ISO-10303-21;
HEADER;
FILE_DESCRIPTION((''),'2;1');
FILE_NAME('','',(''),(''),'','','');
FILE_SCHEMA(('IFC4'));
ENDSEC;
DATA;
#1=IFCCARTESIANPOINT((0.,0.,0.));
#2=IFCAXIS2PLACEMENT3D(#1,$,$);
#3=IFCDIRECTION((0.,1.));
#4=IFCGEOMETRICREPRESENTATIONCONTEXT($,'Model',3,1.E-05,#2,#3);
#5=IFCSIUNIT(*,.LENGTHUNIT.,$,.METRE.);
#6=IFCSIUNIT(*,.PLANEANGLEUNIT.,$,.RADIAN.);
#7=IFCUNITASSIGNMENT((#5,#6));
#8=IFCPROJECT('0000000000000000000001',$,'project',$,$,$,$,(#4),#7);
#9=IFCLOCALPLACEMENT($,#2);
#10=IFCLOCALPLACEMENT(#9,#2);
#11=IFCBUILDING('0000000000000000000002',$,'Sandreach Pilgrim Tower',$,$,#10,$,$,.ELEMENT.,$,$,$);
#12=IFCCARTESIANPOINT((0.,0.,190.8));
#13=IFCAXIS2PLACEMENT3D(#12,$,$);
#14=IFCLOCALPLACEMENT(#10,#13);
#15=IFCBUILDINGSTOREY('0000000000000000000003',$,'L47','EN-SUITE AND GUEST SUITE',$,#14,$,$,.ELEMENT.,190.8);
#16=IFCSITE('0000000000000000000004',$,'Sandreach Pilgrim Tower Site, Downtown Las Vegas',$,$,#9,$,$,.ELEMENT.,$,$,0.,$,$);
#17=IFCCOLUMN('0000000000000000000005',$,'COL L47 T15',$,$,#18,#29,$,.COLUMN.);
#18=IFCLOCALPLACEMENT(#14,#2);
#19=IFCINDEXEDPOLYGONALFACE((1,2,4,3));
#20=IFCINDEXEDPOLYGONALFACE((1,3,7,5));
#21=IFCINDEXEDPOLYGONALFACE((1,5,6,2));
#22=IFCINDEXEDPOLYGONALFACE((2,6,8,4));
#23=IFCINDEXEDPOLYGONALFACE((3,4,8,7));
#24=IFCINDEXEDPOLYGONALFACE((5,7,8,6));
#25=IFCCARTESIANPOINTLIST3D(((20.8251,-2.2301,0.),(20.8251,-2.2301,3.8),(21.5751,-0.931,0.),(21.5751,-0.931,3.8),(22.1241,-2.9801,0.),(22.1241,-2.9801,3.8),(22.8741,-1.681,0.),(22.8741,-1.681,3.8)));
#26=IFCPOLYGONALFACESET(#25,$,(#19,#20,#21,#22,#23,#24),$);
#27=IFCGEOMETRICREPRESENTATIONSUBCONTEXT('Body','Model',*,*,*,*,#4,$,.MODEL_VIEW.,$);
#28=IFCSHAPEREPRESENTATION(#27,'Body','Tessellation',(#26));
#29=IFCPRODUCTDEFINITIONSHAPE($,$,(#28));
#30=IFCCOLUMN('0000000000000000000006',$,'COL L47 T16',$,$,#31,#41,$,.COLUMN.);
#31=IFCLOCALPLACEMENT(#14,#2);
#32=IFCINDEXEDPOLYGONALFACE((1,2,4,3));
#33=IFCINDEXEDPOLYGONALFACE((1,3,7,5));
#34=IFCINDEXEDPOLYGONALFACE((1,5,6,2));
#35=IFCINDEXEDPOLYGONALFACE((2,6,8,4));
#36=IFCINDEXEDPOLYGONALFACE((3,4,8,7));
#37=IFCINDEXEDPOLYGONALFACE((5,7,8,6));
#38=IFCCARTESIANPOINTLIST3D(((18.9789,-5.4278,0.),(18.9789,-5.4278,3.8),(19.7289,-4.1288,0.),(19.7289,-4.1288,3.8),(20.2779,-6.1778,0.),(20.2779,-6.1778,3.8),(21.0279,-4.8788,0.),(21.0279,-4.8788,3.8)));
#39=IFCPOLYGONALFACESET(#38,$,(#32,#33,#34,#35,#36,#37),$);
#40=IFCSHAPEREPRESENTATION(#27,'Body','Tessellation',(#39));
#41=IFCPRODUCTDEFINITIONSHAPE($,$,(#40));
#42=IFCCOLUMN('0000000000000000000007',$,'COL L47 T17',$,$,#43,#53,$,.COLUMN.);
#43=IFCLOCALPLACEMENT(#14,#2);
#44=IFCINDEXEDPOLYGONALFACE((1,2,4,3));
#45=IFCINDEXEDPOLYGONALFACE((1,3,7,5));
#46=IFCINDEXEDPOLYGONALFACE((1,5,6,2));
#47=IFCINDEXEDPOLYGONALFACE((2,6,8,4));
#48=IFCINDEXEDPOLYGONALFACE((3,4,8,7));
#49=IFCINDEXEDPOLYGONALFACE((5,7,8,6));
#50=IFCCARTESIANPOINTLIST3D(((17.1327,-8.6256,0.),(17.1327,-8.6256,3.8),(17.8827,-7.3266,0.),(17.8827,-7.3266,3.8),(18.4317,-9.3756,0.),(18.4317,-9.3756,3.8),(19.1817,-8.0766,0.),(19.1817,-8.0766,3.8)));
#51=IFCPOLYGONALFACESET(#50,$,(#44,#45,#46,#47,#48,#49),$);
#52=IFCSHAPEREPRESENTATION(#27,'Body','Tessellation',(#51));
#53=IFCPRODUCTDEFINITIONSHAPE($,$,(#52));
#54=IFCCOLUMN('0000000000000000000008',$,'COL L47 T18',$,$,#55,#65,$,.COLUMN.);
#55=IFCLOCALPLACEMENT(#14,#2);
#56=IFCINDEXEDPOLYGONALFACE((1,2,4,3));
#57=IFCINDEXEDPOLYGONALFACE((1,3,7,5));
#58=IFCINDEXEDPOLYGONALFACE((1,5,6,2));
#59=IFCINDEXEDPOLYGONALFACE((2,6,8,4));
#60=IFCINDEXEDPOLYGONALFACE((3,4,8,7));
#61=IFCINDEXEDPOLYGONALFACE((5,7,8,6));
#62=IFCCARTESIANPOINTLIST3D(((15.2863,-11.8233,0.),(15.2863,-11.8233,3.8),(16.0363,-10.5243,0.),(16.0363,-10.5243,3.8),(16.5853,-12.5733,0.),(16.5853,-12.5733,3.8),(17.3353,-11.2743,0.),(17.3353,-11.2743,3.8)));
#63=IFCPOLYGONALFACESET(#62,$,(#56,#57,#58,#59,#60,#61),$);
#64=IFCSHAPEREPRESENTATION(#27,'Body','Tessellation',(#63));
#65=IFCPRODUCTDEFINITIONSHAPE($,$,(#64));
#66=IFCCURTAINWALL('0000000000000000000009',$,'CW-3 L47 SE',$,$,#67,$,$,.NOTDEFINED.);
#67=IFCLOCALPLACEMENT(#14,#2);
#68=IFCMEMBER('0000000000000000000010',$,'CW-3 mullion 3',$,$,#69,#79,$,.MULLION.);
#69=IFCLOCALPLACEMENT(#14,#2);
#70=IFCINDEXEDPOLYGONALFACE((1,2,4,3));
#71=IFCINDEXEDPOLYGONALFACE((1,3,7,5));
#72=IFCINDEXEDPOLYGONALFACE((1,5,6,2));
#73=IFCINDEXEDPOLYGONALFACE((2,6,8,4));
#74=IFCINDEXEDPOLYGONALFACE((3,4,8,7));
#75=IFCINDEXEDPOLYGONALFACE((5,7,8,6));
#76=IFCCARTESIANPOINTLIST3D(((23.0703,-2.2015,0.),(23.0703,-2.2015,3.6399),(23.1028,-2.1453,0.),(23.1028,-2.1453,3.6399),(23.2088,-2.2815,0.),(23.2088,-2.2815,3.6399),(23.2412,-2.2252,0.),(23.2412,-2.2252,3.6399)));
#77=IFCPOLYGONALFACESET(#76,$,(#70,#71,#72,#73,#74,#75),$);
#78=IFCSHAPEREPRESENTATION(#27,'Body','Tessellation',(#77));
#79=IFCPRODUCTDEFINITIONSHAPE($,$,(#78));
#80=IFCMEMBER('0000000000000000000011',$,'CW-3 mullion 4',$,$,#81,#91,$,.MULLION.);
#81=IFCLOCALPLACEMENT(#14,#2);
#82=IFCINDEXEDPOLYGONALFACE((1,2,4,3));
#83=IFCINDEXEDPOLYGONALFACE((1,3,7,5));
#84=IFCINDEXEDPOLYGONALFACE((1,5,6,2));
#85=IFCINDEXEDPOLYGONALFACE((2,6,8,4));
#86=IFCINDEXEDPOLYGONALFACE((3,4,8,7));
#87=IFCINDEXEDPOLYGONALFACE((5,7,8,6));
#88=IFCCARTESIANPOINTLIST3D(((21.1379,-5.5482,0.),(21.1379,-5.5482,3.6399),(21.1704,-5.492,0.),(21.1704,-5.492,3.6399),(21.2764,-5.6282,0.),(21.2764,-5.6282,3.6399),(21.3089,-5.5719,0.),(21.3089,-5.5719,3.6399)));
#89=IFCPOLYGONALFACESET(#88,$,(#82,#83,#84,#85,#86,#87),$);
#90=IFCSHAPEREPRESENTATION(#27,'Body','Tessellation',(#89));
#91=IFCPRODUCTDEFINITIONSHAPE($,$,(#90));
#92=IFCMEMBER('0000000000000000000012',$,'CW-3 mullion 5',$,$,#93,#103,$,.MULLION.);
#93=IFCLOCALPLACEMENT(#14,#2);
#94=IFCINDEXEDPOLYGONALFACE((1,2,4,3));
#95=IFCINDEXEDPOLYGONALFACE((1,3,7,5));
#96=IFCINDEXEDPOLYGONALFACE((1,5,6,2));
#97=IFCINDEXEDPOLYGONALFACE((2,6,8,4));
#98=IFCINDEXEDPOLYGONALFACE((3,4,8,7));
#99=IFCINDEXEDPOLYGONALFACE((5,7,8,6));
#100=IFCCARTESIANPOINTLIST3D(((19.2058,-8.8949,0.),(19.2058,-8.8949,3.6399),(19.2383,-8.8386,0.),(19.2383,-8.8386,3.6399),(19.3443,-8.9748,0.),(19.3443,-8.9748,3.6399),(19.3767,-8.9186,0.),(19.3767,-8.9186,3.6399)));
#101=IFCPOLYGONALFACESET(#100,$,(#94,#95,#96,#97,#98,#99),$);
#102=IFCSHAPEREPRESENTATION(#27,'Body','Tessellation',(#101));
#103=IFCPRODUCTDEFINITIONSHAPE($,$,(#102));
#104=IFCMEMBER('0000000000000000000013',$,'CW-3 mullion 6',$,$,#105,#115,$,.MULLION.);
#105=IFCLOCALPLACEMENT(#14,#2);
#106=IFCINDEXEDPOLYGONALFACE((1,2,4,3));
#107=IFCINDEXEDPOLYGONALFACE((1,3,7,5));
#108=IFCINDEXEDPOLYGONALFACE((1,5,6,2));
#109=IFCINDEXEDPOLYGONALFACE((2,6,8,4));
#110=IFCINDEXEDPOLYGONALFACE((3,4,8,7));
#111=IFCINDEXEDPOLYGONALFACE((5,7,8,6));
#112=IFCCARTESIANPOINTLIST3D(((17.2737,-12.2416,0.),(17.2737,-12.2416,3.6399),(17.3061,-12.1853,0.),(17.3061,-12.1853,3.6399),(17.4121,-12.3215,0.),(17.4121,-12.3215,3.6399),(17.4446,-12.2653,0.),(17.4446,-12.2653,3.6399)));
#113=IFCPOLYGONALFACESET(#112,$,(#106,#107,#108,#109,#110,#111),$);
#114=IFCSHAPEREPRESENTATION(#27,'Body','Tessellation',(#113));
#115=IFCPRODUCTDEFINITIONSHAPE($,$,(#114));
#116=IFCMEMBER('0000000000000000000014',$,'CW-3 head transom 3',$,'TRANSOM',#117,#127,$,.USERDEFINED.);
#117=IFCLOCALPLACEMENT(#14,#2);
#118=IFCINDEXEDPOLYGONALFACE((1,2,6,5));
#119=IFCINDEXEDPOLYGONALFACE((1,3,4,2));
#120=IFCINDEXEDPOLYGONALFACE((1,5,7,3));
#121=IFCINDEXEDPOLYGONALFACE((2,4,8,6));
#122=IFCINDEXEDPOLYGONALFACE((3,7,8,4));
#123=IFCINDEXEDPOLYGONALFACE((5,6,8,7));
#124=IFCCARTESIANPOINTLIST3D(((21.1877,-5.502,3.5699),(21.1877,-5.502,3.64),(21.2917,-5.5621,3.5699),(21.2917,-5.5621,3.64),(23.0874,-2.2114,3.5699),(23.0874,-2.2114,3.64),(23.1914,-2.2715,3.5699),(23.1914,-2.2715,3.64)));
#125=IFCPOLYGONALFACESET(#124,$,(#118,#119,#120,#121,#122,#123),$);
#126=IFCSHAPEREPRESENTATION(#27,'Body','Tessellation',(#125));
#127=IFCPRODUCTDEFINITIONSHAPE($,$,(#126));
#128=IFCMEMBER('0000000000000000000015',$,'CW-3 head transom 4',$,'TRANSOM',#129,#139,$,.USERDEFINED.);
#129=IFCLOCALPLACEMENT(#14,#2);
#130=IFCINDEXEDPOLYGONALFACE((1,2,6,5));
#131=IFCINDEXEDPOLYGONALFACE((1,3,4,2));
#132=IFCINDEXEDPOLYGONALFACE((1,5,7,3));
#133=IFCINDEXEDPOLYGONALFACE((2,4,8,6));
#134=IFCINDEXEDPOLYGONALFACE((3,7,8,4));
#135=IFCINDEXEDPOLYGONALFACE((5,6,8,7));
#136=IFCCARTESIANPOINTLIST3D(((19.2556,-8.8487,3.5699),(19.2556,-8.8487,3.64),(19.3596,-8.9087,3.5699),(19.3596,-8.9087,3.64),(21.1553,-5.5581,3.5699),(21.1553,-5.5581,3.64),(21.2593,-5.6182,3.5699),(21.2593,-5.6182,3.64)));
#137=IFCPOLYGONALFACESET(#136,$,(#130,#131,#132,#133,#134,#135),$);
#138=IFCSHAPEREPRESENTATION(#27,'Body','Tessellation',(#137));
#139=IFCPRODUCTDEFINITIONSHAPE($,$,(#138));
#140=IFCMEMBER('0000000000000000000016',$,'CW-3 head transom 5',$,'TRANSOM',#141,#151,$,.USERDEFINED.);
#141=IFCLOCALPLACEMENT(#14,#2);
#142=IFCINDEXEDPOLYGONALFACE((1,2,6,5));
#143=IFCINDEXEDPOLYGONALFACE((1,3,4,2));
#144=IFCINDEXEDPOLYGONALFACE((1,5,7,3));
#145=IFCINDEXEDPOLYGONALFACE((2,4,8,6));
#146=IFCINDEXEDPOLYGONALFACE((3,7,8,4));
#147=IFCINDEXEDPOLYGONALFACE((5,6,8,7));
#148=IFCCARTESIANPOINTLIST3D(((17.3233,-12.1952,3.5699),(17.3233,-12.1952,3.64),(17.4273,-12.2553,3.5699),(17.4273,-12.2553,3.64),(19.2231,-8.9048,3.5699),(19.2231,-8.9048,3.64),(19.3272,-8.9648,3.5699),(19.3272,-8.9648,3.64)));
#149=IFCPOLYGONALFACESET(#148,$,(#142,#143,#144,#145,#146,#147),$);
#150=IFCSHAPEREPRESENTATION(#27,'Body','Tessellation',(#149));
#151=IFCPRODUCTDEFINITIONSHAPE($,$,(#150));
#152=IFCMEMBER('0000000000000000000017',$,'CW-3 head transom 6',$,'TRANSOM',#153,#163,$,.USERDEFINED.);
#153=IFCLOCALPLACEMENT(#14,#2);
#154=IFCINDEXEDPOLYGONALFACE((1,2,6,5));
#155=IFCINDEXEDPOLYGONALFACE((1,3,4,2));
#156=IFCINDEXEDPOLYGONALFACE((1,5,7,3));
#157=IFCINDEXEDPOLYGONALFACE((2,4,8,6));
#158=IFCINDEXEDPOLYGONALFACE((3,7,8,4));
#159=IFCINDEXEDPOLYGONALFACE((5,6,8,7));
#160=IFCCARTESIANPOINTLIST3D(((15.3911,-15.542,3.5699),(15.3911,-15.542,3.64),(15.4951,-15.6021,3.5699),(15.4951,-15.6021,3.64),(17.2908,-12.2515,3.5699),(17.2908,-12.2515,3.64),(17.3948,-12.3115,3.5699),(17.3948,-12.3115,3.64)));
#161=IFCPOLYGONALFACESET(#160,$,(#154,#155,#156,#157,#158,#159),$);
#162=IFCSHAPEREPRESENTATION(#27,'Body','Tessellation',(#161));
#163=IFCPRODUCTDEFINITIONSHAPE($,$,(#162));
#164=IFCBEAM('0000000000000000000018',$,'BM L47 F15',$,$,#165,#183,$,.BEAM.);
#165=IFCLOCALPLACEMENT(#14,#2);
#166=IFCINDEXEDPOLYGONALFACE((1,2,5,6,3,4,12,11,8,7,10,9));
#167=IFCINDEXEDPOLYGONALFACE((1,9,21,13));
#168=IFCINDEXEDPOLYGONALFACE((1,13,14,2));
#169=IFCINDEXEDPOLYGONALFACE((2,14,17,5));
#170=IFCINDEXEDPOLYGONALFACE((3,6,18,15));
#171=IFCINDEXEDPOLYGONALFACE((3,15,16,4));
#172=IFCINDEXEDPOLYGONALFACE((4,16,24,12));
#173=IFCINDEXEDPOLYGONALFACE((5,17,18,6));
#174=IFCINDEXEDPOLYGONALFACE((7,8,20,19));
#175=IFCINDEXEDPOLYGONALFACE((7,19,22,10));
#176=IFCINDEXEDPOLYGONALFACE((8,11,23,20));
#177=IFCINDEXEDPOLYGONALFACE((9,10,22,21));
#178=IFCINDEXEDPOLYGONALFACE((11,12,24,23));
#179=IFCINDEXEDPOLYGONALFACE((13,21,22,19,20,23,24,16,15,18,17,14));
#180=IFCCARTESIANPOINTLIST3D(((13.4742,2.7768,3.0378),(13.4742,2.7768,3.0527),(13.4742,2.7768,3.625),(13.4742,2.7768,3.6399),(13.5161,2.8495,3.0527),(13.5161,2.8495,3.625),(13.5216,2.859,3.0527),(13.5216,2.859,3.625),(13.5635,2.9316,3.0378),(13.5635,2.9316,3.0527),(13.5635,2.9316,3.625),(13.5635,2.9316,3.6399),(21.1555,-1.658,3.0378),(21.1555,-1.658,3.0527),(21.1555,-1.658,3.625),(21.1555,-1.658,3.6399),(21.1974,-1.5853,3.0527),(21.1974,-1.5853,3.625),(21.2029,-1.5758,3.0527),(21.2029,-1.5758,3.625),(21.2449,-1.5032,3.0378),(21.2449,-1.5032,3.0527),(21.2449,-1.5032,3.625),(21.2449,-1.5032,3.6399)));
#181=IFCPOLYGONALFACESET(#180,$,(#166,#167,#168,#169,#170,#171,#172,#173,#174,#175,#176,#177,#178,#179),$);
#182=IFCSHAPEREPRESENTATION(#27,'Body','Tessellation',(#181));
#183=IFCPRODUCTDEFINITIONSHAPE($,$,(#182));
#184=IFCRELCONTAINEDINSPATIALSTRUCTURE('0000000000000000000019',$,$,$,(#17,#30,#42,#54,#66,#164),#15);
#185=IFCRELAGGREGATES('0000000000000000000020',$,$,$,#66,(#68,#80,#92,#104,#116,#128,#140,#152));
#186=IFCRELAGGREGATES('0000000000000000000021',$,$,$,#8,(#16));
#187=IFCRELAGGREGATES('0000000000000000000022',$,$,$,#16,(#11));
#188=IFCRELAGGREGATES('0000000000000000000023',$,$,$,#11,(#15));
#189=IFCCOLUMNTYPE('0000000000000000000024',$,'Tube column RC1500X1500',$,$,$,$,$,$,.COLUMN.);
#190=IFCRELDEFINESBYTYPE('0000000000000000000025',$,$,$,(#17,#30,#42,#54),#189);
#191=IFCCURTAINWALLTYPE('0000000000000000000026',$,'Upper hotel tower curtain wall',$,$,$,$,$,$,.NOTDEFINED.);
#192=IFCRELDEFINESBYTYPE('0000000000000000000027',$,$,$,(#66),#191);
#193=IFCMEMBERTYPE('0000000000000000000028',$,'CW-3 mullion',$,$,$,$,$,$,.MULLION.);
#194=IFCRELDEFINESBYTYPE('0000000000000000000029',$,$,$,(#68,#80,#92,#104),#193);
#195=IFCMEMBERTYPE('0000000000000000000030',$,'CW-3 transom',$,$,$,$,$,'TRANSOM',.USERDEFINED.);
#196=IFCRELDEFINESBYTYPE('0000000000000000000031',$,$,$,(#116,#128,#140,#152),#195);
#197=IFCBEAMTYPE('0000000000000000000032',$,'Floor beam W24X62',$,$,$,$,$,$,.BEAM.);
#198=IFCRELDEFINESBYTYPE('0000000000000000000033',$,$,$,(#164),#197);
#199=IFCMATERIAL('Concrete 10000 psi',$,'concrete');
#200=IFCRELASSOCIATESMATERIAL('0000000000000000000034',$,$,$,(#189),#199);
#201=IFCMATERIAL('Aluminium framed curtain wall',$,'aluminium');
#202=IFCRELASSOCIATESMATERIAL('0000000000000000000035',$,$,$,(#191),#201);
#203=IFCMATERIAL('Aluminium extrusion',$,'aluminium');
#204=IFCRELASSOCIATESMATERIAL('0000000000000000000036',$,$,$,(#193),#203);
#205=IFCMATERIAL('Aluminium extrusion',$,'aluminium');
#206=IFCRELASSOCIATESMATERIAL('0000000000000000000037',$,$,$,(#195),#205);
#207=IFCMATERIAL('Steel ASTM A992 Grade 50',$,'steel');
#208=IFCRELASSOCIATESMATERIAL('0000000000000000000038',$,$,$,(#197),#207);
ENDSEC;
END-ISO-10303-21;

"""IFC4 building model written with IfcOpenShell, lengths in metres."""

from ifc_helpers import new_model, si_unit, direction, frame, origin, origin_2d, place, context, subcontext, project, spatial, rectangle, i_section, extrude, material, material_profile, profile_set, type_object, element, aggregate, save


model = new_model("IFC4")

# Units and contexts
model_context = context("Model", 3, precision=1e-05, world=origin(), true_north=direction((0.0, 1.0)))
body_context = subcontext(model_context, "Body", "Model", "MODEL_VIEW")
ifc_project = project(units=[si_unit("LENGTHUNIT", "METRE"), si_unit("PLANEANGLEUNIT", "RADIAN")], contexts=[model_context])

# Site, building, storey
site_placement = place(None, origin())
site = spatial("IfcSite", under=ifc_project, at=site_placement, Name="Sandreach Pilgrim Tower Site, Downtown Las Vegas", CompositionType="ELEMENT", RefElevation=0.0)
building_placement = place(site_placement, origin())
building = spatial("IfcBuilding", under=site, at=building_placement, Name="Sandreach Pilgrim Tower", CompositionType="ELEMENT")
storey_placement = place(building_placement, frame((0.0, 0.0, 190.8)))
storey = spatial("IfcBuildingStorey", under=building, at=storey_placement, Name="L47", Description="EN-SUITE AND GUEST SUITE", CompositionType="ELEMENT", Elevation=190.8)

# Columns
ifc_material_1 = material(Name="Concrete 10000 psi", Category="concrete")
ifc_material_profile_1 = material_profile(ifc_material_1, rectangle(XDim=1.5, YDim=1.5, at=origin_2d()), Name="RC1500X1500")
ifc_profile_set_1 = profile_set([ifc_material_profile_1], Name="Concrete 10000 psi")
column_type = type_object("IfcColumnType", Name="Tube column RC1500X1500", PredefinedType="COLUMN", material=ifc_profile_set_1)
for number, where, z_axis, x_axis, name in (
    (1, (21.8496, -1.9556, 0.0), (0.0, 0.0, 1.0), (0.866025, -0.5, 0.0), "COL L47 T15"),
    (2, (20.0034, -5.1533, 0.0), (0.0, 0.0, 1.0), (0.866025, -0.5, 0.0), "COL L47 T16"),
    (3, (18.1572, -8.3511, 0.0), (0.0, 0.0, 1.0), (0.866025, -0.5, 0.0), "COL L47 T17"),
    (4, (16.3108, -11.5488, 0.0), (0.0, 0.0, 1.0), (0.866025, -0.5, 0.0), "COL L47 T18"),
):
    element("IfcColumn", number, at=place(storey_placement, frame(where, z_axis=z_axis, x_axis=x_axis)), inside=storey, type_object=column_type, Name=name, PredefinedType="COLUMN", context=body_context, shape_type="SweptSolid", body=[
        extrude(rectangle(XDim=1.5, YDim=1.5, at=origin_2d()), origin(), (0.0, 0.0, 1.0), 3.8),
    ])

# Curtain wall, members
ifc_material_2 = material(Name="Aluminium framed curtain wall", Category="aluminium")
curtain_wall_type = type_object("IfcCurtainWallType", Name="Upper hotel tower curtain wall", PredefinedType="NOTDEFINED", material=ifc_material_2)
curtain_wall_placement = place(storey_placement, origin())
curtain_wall = element("IfcCurtainWall", 5, at=curtain_wall_placement, inside=storey, type_object=curtain_wall_type, Name="CW-3 L47 SE", PredefinedType="NOTDEFINED")
ifc_material_3 = material(Name="Aluminium extrusion", Category="aluminium")
ifc_material_profile_2 = material_profile(ifc_material_3, rectangle(XDim=0.0649, YDim=0.1599, at=origin_2d()), Name="CW-3M 65X160")
ifc_profile_set_2 = profile_set([ifc_material_profile_2], Name="Aluminium extrusion")
member_type_1 = type_object("IfcMemberType", Name="CW-3 mullion", PredefinedType="MULLION", material=ifc_profile_set_2)
member_1_placement = place(storey_placement, frame((23.1558, -2.2134, 0.0), z_axis=(0.0, 0.0, 1.0), x_axis=(-0.5, -0.866025, 0.0)))
member_1 = element("IfcMember", 6, at=member_1_placement, type_object=member_type_1, Name="CW-3 mullion 3", PredefinedType="MULLION", context=body_context, shape_type="SweptSolid", body=[
    extrude(rectangle(XDim=0.0649, YDim=0.1599, at=origin_2d()), origin(), (0.0, 0.0, 1.0), 3.6399),
])
member_2_placement = place(storey_placement, frame((21.2234, -5.5601, 0.0), z_axis=(0.0, 0.0, 1.0), x_axis=(-0.5, -0.866025, 0.0)))
member_2 = element("IfcMember", 7, at=member_2_placement, type_object=member_type_1, Name="CW-3 mullion 4", PredefinedType="MULLION", context=body_context, shape_type="SweptSolid", body=[
    extrude(rectangle(XDim=0.0649, YDim=0.1599, at=origin_2d()), origin(), (0.0, 0.0, 1.0), 3.6399),
])
member_3_placement = place(storey_placement, frame((19.2913, -8.9067, 0.0), z_axis=(0.0, 0.0, 1.0), x_axis=(-0.5, -0.866025, 0.0)))
member_3 = element("IfcMember", 8, at=member_3_placement, type_object=member_type_1, Name="CW-3 mullion 5", PredefinedType="MULLION", context=body_context, shape_type="SweptSolid", body=[
    extrude(rectangle(XDim=0.0649, YDim=0.1599, at=origin_2d()), origin(), (0.0, 0.0, 1.0), 3.6399),
])
member_4_placement = place(storey_placement, frame((17.3591, -12.2534, 0.0), z_axis=(0.0, 0.0, 1.0), x_axis=(-0.5, -0.866025, 0.0)))
member_4 = element("IfcMember", 9, at=member_4_placement, type_object=member_type_1, Name="CW-3 mullion 6", PredefinedType="MULLION", context=body_context, shape_type="SweptSolid", body=[
    extrude(rectangle(XDim=0.0649, YDim=0.1599, at=origin_2d()), origin(), (0.0, 0.0, 1.0), 3.6399),
])
ifc_material_4 = material(Name="Aluminium extrusion", Category="aluminium")
ifc_material_profile_3 = material_profile(ifc_material_4, rectangle(XDim=0.1201, YDim=0.0701, at=origin_2d()), Name="CW-3T 120X70")
ifc_profile_set_3 = profile_set([ifc_material_profile_3], Name="Aluminium extrusion")
member_type_2 = type_object("IfcMemberType", Name="CW-3 transom", ElementType="TRANSOM", PredefinedType="USERDEFINED", material=ifc_profile_set_3)
member_5_placement = place(storey_placement, frame((23.1394, -2.2415, 3.605), z_axis=(-0.499975, -0.86604, 0.0), x_axis=(0.86604, -0.499975, 0.0)))
member_5 = element("IfcMember", 10, at=member_5_placement, type_object=member_type_2, Name="CW-3 head transom 3", ObjectType="TRANSOM", PredefinedType="USERDEFINED", context=body_context, shape_type="SweptSolid", body=[
    extrude(rectangle(XDim=0.1201, YDim=0.0701, at=origin_2d()), origin(), (0.0, 0.0, 1.0), 3.7996),
])
member_6_placement = place(storey_placement, frame((21.2073, -5.5881, 3.605), z_axis=(-0.499975, -0.86604, 0.0), x_axis=(0.86604, -0.499975, 0.0)))
member_6 = element("IfcMember", 11, at=member_6_placement, type_object=member_type_2, Name="CW-3 head transom 4", ObjectType="TRANSOM", PredefinedType="USERDEFINED", context=body_context, shape_type="SweptSolid", body=[
    extrude(rectangle(XDim=0.1201, YDim=0.0701, at=origin_2d()), origin(), (0.0, 0.0, 1.0), 3.7996),
])
member_7_placement = place(storey_placement, frame((19.2751, -8.9348, 3.605), z_axis=(-0.500023, -0.866012, 0.0), x_axis=(0.866012, -0.500023, 0.0)))
member_7 = element("IfcMember", 12, at=member_7_placement, type_object=member_type_2, Name="CW-3 head transom 5", ObjectType="TRANSOM", PredefinedType="USERDEFINED", context=body_context, shape_type="SweptSolid", body=[
    extrude(rectangle(XDim=0.1201, YDim=0.0701, at=origin_2d()), origin(), (0.0, 0.0, 1.0), 3.7996),
])
member_8_placement = place(storey_placement, frame((17.3428, -12.2815, 3.605), z_axis=(-0.499975, -0.86604, 0.0), x_axis=(0.86604, -0.499975, 0.0)))
member_8 = element("IfcMember", 13, at=member_8_placement, type_object=member_type_2, Name="CW-3 head transom 6", ObjectType="TRANSOM", PredefinedType="USERDEFINED", context=body_context, shape_type="SweptSolid", body=[
    extrude(rectangle(XDim=0.1201, YDim=0.0701, at=origin_2d()), origin(), (0.0, 0.0, 1.0), 3.7996),
])

# Beam
ifc_material_5 = material(Name="Steel ASTM A992 Grade 50", Category="steel")
ifc_material_profile_4 = material_profile(ifc_material_5, i_section(OverallWidth=0.1787, OverallDepth=0.6021, WebThickness=0.011, FlangeThickness=0.0149, at=origin_2d()), Name="W24X62")
ifc_profile_set_4 = profile_set([ifc_material_profile_4], Name="Steel ASTM A992 Grade 50")
beam_type_1 = type_object("IfcBeamType", Name="Floor beam W24X62", PredefinedType="BEAM", material=ifc_profile_set_4)
beam_1_placement = place(storey_placement, frame((21.2002, -1.5806, 3.3389), z_axis=(-0.866027, 0.499996, 0.0), x_axis=(-0.499996, -0.866027, 0.0)))
element("IfcBeam", 14, at=beam_1_placement, inside=storey, type_object=beam_type_1, Name="BM L47 F15", PredefinedType="BEAM", context=body_context, shape_type="SweptSolid", body=[
    extrude(i_section(OverallWidth=0.1787, OverallDepth=0.6021, WebThickness=0.011, FlangeThickness=0.0149, at=origin_2d()), origin(), (0.0, 0.0, 1.0), 8.8696),
])

aggregate(curtain_wall, [member_1, member_2, member_3, member_4, member_5, member_6, member_7, member_8])

save(model, "model.ifc")
